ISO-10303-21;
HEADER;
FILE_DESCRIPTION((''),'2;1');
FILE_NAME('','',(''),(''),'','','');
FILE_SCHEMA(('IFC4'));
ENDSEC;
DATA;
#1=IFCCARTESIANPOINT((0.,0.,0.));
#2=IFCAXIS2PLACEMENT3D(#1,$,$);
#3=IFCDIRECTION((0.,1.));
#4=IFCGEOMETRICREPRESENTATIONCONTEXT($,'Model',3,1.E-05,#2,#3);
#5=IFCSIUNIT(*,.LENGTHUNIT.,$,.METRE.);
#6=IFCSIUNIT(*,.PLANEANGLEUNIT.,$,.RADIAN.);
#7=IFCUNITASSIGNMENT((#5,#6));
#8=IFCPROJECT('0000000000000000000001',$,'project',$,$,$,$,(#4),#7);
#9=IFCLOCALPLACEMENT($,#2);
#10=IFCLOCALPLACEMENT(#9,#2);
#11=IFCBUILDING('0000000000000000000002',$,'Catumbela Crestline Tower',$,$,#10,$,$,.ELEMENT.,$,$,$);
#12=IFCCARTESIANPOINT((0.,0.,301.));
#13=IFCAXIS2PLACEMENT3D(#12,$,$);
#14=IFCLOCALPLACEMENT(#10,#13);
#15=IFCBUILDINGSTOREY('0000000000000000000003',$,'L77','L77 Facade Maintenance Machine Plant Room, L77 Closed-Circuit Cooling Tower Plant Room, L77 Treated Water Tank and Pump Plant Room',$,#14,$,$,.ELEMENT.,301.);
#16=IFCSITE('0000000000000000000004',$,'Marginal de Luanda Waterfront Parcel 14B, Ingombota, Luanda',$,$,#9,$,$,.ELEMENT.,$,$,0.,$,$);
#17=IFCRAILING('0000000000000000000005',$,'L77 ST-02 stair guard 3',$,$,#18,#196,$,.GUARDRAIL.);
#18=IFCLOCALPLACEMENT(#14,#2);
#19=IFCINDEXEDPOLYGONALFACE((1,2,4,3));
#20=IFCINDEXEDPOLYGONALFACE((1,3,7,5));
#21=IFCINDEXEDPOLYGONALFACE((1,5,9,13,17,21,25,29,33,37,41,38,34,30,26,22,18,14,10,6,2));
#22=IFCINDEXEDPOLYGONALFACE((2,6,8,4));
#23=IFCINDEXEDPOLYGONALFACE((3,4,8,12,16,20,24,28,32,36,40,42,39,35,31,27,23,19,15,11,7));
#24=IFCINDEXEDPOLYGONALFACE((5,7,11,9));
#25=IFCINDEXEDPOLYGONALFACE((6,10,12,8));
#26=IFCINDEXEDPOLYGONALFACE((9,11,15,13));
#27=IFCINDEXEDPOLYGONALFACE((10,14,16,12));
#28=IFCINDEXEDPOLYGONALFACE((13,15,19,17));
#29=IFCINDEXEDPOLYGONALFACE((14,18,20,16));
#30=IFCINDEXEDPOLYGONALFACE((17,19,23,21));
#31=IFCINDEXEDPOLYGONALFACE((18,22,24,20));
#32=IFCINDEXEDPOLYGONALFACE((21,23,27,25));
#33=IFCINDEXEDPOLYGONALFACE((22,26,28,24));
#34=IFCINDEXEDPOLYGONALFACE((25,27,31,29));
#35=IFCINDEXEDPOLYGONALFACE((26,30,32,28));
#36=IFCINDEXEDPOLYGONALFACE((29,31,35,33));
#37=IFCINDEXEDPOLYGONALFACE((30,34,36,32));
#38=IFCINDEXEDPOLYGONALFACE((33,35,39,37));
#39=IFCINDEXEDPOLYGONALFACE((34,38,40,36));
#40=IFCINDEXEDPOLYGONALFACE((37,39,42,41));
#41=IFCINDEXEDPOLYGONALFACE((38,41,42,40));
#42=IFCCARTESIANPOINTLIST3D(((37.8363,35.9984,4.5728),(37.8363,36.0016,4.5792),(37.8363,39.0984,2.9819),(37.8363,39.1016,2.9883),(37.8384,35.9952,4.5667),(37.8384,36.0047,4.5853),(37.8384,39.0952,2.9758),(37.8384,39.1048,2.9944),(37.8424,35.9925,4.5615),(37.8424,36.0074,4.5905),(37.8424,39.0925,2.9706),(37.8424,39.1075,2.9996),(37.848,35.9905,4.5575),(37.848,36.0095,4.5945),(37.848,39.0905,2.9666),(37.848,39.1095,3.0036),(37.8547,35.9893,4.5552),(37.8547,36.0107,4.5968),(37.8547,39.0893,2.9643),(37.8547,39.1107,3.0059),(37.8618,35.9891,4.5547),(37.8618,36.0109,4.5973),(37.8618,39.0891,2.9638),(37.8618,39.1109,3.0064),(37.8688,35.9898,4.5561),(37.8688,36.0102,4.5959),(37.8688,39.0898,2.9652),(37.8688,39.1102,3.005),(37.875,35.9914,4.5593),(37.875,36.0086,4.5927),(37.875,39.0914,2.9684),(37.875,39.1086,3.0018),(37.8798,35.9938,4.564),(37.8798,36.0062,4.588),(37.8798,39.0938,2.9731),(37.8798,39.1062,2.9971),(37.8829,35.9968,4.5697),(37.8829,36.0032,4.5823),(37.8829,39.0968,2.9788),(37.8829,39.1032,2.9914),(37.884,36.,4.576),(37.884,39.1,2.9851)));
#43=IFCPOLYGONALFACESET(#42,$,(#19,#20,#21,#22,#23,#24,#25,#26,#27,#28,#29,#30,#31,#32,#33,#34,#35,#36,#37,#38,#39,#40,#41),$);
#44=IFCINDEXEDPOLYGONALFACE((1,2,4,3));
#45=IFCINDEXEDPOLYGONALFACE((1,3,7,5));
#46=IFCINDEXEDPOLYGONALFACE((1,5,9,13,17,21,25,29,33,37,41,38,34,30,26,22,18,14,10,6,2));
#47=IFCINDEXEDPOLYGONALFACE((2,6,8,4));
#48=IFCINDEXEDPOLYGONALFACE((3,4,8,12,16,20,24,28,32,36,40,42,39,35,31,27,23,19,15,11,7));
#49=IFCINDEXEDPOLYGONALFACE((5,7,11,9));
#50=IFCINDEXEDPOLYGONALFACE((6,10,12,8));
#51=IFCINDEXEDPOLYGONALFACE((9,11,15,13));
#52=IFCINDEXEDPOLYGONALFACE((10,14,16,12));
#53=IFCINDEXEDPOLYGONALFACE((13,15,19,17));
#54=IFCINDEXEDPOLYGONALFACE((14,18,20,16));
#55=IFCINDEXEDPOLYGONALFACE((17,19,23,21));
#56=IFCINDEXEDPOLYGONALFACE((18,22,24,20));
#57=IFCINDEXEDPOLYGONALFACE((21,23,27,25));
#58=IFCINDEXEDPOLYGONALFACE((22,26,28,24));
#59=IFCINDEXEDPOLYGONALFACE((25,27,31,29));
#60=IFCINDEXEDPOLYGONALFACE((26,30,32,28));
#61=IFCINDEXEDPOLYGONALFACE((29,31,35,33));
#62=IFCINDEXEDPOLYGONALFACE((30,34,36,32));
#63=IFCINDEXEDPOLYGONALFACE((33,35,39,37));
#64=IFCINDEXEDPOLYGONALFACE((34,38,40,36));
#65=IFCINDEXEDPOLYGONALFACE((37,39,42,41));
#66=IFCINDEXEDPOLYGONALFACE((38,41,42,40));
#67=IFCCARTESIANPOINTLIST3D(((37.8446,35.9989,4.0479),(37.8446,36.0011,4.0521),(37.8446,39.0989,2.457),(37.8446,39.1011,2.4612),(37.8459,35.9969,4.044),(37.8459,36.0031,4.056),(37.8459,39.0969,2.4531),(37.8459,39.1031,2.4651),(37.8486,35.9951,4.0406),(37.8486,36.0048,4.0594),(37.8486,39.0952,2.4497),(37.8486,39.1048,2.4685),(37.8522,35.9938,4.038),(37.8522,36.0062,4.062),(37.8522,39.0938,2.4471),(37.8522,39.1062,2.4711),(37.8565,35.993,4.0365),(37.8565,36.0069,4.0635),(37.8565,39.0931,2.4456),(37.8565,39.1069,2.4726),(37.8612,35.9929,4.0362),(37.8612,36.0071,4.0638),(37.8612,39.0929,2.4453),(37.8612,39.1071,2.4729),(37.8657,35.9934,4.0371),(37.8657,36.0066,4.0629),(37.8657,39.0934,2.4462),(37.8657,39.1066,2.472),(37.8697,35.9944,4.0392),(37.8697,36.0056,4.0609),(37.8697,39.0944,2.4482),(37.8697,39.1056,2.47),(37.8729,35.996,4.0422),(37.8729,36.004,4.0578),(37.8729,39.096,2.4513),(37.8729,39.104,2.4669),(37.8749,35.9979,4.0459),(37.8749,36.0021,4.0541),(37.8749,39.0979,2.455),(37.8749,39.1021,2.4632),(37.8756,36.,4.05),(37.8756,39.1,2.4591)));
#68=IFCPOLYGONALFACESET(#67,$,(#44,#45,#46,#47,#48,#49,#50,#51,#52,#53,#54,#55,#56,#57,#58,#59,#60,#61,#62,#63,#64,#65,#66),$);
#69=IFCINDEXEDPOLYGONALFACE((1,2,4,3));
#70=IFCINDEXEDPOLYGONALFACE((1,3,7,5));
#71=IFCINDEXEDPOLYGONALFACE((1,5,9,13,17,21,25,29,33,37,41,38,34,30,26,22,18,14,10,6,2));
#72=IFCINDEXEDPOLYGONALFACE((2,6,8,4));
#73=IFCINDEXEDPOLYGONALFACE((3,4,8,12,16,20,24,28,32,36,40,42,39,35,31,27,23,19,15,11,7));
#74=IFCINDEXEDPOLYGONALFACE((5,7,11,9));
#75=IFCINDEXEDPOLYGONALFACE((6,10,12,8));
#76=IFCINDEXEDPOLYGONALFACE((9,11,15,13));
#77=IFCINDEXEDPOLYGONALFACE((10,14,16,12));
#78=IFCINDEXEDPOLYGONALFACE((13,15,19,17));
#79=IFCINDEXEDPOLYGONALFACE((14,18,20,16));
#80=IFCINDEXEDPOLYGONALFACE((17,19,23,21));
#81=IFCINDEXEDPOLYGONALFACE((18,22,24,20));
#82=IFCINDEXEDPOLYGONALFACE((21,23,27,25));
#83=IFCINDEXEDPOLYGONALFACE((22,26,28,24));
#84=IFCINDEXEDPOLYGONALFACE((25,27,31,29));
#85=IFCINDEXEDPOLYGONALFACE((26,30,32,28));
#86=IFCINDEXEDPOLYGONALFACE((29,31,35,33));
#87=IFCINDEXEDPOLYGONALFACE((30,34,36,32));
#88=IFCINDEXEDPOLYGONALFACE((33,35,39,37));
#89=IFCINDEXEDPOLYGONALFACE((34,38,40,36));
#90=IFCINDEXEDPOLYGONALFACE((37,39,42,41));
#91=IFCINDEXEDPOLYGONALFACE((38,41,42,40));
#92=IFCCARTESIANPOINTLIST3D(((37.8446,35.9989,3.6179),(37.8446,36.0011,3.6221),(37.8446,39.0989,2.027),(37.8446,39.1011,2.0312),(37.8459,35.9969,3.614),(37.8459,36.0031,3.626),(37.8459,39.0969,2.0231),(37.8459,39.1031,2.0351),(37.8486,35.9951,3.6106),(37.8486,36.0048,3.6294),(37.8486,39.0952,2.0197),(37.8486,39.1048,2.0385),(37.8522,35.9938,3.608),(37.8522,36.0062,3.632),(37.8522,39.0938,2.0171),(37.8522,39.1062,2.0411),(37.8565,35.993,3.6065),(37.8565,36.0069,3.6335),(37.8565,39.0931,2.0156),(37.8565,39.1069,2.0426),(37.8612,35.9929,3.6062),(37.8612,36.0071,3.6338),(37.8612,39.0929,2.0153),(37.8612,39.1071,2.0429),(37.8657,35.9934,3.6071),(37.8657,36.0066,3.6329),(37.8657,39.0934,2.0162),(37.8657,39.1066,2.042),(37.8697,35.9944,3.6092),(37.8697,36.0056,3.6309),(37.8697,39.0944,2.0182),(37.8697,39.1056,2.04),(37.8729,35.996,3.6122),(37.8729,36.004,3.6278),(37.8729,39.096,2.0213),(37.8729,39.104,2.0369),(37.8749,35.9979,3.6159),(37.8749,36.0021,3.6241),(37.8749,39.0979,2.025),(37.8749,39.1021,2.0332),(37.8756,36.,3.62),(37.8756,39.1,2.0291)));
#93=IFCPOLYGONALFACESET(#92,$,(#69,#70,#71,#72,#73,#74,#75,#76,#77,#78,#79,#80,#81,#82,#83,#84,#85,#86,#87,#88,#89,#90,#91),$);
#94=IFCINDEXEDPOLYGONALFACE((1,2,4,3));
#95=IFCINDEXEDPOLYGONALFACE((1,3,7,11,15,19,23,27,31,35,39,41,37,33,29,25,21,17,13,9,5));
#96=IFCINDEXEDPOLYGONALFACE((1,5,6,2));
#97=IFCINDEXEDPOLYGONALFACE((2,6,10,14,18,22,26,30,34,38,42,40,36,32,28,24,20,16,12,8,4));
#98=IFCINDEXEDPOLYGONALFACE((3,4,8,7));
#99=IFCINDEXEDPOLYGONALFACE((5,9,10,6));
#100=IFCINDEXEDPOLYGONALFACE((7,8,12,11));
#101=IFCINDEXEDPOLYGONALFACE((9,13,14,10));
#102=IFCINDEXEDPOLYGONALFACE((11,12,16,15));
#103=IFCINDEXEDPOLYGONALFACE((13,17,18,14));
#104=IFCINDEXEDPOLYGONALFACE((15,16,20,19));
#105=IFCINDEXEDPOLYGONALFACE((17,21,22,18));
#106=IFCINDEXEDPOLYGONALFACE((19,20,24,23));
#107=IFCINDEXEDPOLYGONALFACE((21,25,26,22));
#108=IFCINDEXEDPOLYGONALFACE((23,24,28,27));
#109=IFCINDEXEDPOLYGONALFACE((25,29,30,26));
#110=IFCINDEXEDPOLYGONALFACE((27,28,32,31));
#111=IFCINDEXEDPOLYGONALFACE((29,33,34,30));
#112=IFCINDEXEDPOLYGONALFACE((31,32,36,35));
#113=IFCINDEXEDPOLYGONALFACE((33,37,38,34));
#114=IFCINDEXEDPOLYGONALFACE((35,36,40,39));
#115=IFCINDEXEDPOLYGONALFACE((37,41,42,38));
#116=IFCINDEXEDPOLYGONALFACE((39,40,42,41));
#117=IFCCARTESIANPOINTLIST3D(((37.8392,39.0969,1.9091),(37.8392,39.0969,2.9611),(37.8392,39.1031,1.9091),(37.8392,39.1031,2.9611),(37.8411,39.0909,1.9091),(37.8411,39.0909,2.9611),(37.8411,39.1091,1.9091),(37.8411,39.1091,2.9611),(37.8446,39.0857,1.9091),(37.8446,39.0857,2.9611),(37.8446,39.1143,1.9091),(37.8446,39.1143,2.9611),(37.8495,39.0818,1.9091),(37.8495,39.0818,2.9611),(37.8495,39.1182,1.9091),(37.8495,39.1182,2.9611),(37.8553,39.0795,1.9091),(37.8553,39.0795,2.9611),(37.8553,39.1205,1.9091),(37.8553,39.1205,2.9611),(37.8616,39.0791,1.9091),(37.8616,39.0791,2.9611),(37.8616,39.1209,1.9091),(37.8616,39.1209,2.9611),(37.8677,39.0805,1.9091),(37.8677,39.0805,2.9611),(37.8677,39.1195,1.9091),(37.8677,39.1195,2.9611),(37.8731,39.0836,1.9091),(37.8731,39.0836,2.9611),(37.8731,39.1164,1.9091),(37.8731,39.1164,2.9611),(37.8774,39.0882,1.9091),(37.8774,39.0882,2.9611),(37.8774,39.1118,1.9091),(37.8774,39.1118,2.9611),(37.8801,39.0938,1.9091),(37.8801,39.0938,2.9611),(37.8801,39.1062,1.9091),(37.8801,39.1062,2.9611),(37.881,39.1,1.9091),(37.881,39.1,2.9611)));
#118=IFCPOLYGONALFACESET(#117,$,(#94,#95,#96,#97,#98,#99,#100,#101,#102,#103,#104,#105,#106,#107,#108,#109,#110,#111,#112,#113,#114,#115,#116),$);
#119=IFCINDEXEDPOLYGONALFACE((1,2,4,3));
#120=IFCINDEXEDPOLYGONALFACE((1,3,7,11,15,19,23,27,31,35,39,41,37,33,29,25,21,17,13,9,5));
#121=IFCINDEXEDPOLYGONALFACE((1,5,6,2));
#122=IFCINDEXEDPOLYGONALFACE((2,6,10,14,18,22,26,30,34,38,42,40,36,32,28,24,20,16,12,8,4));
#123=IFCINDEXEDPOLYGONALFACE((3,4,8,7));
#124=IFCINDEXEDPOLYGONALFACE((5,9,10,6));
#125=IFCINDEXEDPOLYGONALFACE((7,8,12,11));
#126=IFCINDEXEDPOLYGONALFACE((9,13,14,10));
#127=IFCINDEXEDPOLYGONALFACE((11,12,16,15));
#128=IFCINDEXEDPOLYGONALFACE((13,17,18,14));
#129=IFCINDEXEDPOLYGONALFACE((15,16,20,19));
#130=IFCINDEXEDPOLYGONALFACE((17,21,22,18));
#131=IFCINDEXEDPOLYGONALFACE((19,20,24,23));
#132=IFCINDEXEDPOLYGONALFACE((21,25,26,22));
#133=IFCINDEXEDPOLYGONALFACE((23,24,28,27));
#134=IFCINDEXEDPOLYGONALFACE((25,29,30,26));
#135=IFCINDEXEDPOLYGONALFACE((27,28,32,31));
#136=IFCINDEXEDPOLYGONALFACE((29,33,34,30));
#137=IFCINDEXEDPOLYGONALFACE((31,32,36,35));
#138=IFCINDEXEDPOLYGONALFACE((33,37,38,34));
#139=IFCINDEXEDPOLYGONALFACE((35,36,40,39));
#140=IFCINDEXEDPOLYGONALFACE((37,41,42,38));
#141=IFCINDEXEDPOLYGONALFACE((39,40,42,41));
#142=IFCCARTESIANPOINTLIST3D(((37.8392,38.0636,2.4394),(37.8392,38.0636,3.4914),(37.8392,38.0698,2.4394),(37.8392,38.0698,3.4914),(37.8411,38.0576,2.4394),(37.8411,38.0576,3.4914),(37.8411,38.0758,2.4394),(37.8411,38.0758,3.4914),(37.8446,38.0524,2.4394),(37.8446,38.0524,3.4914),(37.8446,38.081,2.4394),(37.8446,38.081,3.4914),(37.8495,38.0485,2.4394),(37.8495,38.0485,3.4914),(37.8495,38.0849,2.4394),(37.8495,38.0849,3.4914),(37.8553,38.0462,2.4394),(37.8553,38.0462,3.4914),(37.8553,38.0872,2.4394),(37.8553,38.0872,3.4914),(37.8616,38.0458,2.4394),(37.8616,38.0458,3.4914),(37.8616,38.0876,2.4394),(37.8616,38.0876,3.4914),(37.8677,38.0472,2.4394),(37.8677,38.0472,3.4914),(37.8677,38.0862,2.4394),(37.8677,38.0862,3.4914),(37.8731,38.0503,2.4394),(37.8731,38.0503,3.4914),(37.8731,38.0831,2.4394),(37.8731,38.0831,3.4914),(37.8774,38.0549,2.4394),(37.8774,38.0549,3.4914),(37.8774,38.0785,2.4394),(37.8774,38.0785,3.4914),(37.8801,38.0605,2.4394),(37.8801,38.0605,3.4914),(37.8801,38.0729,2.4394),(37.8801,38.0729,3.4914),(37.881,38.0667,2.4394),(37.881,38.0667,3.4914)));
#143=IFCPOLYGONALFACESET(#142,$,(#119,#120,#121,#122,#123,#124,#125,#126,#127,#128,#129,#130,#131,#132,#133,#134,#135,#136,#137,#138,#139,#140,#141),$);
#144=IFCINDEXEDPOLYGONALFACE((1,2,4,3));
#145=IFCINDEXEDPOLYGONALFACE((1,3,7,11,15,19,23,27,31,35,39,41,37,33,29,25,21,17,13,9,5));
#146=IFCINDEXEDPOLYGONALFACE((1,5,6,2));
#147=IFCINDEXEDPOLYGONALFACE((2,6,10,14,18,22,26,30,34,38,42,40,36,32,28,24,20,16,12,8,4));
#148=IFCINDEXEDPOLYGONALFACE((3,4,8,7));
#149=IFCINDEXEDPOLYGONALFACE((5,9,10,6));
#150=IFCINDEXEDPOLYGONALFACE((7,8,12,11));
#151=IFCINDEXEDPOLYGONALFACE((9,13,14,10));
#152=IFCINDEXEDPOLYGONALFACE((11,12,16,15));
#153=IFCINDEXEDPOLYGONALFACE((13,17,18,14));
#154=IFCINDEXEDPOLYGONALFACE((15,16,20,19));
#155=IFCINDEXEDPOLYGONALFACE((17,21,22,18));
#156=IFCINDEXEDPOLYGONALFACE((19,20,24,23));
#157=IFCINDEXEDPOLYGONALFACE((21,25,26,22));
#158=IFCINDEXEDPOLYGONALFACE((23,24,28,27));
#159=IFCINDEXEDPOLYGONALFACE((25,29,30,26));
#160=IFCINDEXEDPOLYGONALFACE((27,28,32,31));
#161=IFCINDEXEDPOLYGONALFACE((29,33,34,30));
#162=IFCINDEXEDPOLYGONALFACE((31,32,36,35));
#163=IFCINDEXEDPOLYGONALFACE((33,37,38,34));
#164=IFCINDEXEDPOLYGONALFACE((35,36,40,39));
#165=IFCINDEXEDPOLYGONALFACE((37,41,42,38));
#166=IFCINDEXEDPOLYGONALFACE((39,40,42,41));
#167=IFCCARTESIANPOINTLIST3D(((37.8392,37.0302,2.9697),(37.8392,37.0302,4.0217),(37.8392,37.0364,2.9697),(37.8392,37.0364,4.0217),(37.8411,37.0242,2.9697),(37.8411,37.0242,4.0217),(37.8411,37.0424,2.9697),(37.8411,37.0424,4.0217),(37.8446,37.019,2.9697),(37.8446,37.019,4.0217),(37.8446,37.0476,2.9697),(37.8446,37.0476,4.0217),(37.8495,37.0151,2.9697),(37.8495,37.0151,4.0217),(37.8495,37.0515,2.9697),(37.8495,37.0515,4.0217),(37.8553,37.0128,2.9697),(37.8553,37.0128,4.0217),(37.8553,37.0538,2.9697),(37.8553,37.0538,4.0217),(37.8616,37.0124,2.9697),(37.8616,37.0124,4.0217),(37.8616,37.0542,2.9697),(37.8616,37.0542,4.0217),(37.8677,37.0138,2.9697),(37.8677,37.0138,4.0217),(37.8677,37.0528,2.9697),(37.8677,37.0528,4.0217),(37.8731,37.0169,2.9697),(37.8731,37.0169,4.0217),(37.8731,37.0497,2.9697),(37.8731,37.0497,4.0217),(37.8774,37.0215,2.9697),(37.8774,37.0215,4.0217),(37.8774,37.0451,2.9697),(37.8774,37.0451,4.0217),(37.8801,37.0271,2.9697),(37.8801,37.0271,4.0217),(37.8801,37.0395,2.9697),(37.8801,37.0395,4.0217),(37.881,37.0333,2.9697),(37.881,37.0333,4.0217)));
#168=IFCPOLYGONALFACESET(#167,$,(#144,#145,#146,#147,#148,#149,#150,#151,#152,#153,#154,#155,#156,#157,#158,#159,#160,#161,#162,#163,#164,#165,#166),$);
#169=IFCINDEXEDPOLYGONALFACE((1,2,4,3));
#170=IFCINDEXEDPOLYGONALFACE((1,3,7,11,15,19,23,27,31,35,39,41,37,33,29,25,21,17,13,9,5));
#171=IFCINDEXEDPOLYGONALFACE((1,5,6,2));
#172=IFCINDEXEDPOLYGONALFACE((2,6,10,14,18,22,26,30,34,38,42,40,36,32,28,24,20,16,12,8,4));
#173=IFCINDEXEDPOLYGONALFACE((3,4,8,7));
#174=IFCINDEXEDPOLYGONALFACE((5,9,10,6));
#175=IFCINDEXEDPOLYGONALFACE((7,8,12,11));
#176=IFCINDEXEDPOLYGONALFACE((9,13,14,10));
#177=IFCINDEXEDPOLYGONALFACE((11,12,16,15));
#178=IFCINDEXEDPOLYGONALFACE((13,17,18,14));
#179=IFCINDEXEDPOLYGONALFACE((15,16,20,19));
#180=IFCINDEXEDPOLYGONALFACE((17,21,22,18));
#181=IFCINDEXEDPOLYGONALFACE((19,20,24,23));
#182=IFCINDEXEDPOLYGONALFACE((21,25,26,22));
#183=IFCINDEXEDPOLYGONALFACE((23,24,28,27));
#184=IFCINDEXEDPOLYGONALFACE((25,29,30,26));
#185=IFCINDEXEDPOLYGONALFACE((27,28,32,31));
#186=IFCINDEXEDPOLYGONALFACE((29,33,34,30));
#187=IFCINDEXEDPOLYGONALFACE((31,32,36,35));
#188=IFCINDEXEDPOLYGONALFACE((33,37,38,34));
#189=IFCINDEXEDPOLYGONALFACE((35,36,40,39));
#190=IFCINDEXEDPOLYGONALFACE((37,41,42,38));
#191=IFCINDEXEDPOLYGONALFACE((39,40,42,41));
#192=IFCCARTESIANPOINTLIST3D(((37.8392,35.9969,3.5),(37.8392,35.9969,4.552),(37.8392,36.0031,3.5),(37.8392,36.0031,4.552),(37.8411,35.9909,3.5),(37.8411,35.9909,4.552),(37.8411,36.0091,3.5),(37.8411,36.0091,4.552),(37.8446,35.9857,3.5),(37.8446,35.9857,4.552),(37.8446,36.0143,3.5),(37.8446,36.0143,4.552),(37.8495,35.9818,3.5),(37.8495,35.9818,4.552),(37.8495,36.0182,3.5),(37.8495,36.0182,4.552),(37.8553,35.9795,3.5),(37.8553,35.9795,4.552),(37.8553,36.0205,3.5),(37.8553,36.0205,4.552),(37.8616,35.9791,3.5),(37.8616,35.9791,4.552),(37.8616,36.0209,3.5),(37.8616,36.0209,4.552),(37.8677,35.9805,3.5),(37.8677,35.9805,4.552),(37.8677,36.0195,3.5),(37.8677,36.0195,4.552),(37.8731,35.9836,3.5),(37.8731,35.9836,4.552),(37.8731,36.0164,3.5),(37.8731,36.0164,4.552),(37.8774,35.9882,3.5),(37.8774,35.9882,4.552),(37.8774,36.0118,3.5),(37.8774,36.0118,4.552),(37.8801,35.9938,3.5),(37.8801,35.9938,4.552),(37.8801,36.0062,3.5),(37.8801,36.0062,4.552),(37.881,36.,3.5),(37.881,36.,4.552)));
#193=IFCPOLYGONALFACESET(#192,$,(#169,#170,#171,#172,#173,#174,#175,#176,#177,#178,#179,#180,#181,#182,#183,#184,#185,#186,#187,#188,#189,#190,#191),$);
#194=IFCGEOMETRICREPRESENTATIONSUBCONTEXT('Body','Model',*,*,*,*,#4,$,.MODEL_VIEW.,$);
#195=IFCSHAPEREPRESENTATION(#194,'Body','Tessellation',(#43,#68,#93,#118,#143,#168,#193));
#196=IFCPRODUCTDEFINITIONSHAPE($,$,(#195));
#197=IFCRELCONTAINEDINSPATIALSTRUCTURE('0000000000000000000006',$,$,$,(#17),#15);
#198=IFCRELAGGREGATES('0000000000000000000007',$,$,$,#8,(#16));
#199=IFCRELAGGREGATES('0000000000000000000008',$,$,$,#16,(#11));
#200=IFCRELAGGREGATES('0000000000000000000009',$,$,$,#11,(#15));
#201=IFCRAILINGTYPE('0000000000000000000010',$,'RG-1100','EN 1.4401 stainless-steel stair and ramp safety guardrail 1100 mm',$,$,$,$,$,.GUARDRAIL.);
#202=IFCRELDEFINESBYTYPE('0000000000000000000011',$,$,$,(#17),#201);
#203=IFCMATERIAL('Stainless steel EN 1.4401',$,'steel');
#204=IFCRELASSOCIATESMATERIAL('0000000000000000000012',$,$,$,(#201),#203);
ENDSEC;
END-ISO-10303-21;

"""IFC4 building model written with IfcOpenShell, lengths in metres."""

from ifc_helpers import new_model, si_unit, direction, frame, origin, origin_2d, place, context, subcontext, project, spatial, circle, extrude, material, type_object, element, save


model = new_model("IFC4")

# Units and contexts
model_context = context("Model", 3, precision=1e-05, world=origin(), true_north=direction((0.0, 1.0)))
body_context = subcontext(model_context, "Body", "Model", "MODEL_VIEW")
ifc_project = project(units=[si_unit("LENGTHUNIT", "METRE"), si_unit("PLANEANGLEUNIT", "RADIAN")], contexts=[model_context])

# Site, building, storey
site_placement = place(None, origin())
site = spatial("IfcSite", under=ifc_project, at=site_placement, Name="Marginal de Luanda Waterfront Parcel 14B, Ingombota, Luanda", CompositionType="ELEMENT", RefElevation=0.0)
building_placement = place(site_placement, origin())
building = spatial("IfcBuilding", under=site, at=building_placement, Name="Catumbela Crestline Tower", CompositionType="ELEMENT")
storey_placement = place(building_placement, frame((0.0, 0.0, 301.0)))
storey = spatial("IfcBuildingStorey", under=building, at=storey_placement, Name="L77", Description="L77 Facade Maintenance Machine Plant Room, L77 Closed-Circuit Cooling Tower Plant Room, L77 Treated Water Tank and Pump Plant Room", CompositionType="ELEMENT", Elevation=301.0)

# Railing
ifc_material_1 = material(Name="Stainless steel EN 1.4401", Category="steel")
railing_type_1 = type_object("IfcRailingType", Name="RG-1100", Description="EN 1.4401 stainless-steel stair and ramp safety guardrail 1100 mm", PredefinedType="GUARDRAIL", material=ifc_material_1)
railing_1_placement = place(storey_placement, frame((37.86, 39.1, 1.9091)))
element("IfcRailing", 1, at=railing_1_placement, inside=storey, type_object=railing_type_1, Name="L77 ST-02 stair guard 3", PredefinedType="GUARDRAIL", context=body_context, shape_type="SweptSolid", body=[
    extrude(circle(Radius=0.024, at=origin_2d()), frame((0.0, 0.0, 1.076), z_axis=(0.0, -0.889683, 0.456579), x_axis=(1.0, 0.0, 0.0)), (0.0, 0.0, 1.0), 3.4844),
    extrude(circle(Radius=0.0156, at=origin_2d()), frame((0.0, 0.0, 0.55), z_axis=(0.0, -0.889683, 0.456579), x_axis=(1.0, 0.0, 0.0)), (0.0, 0.0, 1.0), 3.4844),
    extrude(circle(Radius=0.0156, at=origin_2d()), frame((0.0, 0.0, 0.12), z_axis=(0.0, -0.889683, 0.456579), x_axis=(1.0, 0.0, 0.0)), (0.0, 0.0, 1.0), 3.4844),
    extrude(circle(Radius=0.021, at=origin_2d()), origin(), (0.0, 0.0, 1.0), 1.052),
    extrude(circle(Radius=0.021, at=origin_2d()), frame((0.0, -1.0333, 0.5303)), (0.0, 0.0, 1.0), 1.052),
    extrude(circle(Radius=0.021, at=origin_2d()), frame((0.0, -2.0667, 1.0606)), (0.0, 0.0, 1.0), 1.052),
    extrude(circle(Radius=0.021, at=origin_2d()), frame((0.0, -3.1, 1.5909)), (0.0, 0.0, 1.0), 1.052),
])

save(model, "model.ifc")
